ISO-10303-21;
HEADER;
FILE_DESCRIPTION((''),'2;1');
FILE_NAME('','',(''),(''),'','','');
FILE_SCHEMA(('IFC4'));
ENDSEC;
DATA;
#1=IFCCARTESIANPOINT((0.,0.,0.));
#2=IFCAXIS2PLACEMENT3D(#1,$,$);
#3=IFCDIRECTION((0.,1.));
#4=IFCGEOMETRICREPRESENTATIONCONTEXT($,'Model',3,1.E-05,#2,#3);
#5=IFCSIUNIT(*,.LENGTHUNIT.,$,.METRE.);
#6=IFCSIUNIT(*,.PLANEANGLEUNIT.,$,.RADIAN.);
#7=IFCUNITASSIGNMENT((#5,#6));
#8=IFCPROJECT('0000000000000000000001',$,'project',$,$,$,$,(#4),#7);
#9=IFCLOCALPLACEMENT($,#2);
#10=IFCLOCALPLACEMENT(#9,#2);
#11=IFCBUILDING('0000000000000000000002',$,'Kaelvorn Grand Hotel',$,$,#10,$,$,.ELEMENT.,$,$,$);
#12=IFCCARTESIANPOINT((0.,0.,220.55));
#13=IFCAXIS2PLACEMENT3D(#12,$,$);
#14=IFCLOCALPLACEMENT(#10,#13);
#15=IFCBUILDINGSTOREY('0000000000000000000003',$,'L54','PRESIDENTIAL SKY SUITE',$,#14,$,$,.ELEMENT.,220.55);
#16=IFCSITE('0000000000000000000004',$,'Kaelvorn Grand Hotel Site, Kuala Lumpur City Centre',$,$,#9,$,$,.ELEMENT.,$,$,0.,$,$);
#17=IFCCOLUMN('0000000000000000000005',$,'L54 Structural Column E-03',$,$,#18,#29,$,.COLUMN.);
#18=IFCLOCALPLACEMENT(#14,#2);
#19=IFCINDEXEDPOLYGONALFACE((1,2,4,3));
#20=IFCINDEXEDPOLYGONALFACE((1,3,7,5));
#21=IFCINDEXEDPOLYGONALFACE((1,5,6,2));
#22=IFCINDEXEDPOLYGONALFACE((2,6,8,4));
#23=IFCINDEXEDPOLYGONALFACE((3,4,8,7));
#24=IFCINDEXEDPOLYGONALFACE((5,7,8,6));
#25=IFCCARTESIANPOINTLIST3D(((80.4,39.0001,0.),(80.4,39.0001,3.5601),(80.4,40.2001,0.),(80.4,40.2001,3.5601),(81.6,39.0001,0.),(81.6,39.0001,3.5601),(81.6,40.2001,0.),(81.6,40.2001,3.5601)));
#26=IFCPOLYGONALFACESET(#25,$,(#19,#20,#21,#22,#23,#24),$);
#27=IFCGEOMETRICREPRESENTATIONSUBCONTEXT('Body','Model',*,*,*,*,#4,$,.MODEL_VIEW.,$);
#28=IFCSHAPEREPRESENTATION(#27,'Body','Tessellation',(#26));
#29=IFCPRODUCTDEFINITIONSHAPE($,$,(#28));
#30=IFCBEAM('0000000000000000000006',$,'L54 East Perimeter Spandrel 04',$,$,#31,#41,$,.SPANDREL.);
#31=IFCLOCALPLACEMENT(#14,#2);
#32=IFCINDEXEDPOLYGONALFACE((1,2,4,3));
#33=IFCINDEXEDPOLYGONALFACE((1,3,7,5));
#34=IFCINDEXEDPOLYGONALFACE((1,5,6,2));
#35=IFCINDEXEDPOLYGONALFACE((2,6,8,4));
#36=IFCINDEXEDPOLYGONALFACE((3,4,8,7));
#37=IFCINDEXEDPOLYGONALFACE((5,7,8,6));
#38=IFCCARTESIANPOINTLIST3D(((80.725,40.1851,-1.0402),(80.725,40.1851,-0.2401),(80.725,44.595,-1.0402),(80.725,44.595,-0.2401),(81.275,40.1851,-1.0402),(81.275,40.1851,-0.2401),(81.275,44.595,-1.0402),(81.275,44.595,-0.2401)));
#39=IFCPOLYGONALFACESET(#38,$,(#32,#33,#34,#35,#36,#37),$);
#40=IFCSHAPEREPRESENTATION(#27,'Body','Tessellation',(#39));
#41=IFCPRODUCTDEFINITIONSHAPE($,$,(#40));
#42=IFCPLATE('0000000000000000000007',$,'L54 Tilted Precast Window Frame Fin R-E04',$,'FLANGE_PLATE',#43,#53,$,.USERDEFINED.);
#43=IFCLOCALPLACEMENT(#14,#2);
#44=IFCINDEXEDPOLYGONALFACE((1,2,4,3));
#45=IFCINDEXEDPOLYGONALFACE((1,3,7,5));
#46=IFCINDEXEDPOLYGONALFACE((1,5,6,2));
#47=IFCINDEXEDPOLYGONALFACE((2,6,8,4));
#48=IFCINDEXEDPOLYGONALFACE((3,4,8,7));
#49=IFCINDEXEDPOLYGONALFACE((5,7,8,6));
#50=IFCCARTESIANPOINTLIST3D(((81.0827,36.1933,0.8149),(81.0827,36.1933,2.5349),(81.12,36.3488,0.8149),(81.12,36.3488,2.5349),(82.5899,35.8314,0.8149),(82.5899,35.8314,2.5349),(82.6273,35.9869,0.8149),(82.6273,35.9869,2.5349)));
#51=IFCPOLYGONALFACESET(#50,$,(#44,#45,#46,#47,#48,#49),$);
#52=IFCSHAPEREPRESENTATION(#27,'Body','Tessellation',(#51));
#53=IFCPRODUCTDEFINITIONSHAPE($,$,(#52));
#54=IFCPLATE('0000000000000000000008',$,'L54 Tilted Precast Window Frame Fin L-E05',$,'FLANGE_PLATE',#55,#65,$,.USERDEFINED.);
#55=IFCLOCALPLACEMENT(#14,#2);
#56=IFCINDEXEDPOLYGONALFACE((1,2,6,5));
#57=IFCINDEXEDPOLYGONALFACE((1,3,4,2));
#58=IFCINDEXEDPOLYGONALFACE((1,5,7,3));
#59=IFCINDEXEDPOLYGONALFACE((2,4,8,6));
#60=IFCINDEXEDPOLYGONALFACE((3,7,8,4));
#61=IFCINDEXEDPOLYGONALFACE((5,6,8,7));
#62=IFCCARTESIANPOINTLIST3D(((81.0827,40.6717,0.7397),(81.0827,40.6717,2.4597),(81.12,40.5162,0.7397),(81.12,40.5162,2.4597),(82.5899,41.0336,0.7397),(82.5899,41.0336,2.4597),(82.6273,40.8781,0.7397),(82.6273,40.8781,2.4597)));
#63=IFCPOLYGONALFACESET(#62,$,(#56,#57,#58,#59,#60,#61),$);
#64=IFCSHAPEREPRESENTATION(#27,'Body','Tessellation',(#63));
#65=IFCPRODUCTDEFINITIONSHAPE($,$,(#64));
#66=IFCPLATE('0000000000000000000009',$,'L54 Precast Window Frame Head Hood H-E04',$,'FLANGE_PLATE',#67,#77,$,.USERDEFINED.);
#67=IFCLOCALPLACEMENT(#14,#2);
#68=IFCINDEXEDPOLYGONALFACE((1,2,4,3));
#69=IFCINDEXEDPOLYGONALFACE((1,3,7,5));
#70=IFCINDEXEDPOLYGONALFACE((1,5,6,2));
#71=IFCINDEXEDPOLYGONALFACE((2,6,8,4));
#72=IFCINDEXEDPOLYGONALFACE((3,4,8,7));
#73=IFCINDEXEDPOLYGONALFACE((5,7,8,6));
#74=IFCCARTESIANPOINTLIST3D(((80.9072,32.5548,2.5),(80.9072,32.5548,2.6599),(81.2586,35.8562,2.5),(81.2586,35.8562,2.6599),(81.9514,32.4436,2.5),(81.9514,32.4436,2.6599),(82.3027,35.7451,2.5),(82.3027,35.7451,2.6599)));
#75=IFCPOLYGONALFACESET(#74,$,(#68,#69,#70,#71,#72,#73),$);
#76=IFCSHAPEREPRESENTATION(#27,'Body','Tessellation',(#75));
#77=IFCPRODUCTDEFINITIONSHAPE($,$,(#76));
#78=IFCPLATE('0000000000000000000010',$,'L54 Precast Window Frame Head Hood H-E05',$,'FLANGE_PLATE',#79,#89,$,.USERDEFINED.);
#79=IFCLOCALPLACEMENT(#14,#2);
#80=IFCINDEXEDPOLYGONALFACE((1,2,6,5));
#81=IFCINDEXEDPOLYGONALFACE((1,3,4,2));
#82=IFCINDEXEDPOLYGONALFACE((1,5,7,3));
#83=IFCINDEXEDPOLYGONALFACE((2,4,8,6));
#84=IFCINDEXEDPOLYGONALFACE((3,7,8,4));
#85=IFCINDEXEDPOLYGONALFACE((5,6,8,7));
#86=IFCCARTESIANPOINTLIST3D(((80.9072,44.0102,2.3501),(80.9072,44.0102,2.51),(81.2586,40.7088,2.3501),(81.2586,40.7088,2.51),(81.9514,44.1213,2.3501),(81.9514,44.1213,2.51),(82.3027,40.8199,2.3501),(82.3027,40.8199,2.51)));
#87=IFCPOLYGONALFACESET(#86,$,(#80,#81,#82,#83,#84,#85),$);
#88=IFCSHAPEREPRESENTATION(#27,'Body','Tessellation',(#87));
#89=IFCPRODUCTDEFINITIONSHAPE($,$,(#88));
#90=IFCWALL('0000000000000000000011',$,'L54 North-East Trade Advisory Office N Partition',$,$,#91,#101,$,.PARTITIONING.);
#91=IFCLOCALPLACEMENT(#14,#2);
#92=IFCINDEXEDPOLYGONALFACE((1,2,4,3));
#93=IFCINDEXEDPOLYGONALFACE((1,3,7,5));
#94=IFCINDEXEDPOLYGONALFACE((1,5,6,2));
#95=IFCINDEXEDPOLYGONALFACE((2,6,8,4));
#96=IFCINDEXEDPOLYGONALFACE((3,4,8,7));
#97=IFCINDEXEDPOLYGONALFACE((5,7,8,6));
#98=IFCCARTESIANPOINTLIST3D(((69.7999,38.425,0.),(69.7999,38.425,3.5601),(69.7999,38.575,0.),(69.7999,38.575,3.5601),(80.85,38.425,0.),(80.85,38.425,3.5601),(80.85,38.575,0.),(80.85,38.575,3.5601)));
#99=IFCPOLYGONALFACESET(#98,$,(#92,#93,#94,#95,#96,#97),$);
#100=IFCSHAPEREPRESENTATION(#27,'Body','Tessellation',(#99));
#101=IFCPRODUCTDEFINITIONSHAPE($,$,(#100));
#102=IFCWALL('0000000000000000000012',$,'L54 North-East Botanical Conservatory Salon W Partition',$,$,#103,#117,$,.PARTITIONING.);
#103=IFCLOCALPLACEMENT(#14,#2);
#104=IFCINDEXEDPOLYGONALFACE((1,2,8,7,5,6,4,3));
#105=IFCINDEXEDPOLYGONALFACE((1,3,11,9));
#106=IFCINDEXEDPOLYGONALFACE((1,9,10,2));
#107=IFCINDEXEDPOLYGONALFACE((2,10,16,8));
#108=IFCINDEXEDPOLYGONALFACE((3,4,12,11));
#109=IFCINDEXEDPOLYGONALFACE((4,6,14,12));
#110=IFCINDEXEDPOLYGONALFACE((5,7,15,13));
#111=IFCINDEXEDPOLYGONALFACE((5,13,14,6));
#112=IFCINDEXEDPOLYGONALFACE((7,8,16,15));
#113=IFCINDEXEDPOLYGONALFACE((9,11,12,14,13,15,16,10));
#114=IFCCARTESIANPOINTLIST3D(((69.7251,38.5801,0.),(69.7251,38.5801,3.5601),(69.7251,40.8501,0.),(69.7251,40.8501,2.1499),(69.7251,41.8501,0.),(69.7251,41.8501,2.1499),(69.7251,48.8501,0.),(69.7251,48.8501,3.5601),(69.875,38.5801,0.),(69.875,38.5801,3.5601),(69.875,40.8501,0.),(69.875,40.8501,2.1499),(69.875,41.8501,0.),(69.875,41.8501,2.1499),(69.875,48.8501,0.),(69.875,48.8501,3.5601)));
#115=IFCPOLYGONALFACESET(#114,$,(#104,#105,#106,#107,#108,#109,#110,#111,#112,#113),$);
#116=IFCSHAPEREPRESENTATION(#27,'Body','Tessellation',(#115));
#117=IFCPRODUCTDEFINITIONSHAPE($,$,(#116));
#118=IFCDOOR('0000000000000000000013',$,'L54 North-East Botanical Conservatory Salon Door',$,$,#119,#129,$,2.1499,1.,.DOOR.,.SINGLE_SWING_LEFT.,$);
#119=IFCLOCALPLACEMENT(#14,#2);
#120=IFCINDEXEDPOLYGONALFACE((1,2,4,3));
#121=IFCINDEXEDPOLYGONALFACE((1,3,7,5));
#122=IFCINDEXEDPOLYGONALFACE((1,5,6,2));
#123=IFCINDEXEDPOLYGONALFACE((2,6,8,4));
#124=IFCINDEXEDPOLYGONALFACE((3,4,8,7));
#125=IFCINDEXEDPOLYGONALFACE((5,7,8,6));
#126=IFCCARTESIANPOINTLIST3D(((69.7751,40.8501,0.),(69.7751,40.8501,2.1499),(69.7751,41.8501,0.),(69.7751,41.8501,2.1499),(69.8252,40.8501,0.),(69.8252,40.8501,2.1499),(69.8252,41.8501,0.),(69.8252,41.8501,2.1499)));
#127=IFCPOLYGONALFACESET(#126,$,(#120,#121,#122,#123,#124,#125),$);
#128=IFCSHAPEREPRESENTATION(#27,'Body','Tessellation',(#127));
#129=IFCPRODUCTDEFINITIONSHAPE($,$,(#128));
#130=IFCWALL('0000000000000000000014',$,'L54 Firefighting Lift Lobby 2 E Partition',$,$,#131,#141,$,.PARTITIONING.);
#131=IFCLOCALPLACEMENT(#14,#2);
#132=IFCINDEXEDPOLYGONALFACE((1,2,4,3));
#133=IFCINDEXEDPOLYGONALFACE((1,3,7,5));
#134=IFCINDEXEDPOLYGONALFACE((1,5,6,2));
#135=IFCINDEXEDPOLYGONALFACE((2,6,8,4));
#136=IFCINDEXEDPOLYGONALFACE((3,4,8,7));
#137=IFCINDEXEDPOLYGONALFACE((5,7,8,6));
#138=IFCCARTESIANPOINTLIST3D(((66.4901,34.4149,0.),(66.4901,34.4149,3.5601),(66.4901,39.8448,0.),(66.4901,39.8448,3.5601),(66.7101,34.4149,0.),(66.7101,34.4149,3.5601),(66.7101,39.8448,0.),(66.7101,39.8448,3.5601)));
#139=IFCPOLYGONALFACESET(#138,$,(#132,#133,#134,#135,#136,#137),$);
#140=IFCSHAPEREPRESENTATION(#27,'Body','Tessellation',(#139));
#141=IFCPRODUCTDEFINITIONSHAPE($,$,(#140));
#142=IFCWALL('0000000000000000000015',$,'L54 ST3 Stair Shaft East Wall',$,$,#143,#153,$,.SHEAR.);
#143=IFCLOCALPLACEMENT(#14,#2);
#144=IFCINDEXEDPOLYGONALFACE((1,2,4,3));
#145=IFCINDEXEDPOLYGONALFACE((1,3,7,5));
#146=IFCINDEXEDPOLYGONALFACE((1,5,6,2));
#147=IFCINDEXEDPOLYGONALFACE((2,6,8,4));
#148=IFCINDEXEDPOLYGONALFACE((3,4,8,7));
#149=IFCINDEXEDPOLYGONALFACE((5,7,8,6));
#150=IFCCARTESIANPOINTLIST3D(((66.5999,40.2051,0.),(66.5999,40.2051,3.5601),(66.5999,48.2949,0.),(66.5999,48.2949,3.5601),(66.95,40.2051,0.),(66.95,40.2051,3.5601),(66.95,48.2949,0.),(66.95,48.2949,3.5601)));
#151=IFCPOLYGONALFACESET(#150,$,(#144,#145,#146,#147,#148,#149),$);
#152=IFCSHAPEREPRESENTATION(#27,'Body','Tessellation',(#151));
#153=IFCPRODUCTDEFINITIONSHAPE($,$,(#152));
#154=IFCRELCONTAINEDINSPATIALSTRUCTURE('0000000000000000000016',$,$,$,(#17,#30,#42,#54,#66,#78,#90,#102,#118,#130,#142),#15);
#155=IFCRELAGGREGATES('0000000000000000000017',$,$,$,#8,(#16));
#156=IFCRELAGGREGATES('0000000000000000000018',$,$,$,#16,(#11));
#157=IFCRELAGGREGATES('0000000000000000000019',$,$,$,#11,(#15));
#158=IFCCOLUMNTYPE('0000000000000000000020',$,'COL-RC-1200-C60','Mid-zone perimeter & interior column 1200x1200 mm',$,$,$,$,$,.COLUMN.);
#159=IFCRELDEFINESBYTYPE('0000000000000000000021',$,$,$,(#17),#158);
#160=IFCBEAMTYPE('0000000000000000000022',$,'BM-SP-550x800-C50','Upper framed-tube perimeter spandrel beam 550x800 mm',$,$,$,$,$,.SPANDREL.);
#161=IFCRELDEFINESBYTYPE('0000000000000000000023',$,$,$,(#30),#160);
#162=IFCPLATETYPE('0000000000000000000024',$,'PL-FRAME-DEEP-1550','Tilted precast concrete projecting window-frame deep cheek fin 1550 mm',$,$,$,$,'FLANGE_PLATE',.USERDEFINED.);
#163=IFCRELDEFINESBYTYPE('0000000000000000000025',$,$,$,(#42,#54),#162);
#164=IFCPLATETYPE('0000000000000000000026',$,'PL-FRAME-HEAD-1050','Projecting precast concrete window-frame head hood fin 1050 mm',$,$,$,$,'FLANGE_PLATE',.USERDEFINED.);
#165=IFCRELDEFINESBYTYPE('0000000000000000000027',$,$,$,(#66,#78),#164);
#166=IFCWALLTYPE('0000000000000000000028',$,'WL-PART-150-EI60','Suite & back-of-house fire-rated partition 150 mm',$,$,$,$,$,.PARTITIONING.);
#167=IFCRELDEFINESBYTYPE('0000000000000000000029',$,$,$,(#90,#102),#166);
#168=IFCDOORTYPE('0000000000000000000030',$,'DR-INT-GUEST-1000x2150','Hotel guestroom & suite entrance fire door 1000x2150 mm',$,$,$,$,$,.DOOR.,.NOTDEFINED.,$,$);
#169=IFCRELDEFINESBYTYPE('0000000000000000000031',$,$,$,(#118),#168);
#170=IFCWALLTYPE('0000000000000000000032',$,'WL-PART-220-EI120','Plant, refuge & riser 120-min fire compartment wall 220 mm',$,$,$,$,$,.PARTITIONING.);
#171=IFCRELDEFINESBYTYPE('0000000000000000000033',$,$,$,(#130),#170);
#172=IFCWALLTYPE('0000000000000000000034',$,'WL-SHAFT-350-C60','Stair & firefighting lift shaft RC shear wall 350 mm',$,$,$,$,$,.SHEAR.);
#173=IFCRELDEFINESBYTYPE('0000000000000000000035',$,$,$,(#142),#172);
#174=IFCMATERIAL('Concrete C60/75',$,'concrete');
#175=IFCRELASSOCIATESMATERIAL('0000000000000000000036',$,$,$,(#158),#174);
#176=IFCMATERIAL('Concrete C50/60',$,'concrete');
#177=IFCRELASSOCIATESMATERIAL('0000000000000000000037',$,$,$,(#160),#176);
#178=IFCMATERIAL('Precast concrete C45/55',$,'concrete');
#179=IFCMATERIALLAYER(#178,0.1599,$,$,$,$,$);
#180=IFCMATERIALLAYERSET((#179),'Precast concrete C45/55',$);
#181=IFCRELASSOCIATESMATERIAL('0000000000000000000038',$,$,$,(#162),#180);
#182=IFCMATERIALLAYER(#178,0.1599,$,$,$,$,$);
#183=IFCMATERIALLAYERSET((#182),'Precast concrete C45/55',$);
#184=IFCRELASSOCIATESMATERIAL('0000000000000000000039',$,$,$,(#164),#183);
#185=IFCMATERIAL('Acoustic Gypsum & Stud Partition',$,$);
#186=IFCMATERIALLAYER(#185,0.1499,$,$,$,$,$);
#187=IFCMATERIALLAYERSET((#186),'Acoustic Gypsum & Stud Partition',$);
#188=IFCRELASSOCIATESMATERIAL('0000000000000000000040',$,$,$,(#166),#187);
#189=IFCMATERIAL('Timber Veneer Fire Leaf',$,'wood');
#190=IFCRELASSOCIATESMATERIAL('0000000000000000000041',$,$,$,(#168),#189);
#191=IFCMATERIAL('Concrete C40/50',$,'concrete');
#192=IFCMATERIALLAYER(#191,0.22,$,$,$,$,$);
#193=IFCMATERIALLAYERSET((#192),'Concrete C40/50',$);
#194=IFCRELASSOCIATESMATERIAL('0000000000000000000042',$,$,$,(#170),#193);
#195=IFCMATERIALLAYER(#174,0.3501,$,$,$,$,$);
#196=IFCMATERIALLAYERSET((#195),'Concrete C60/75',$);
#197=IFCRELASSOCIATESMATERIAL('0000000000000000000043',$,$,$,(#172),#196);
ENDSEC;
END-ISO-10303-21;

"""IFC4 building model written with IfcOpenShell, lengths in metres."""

from ifc_helpers import new_model, si_unit, direction, frame, frame_2d, origin, origin_2d, place, context, subcontext, project, spatial, rectangle, extrude, material, layer, layer_set, material_profile, profile_set, type_object, element, fill, save


model = new_model("IFC4")

# Units and contexts
model_context = context("Model", 3, precision=1e-05, world=origin(), true_north=direction((0.0, 1.0)))
body_context = subcontext(model_context, "Body", "Model", "MODEL_VIEW")
ifc_project = project(units=[si_unit("LENGTHUNIT", "METRE"), si_unit("PLANEANGLEUNIT", "RADIAN")], contexts=[model_context])

# Site, building, storey
site_placement = place(None, origin())
site = spatial("IfcSite", under=ifc_project, at=site_placement, Name="Kaelvorn Grand Hotel Site, Kuala Lumpur City Centre", CompositionType="ELEMENT", RefElevation=0.0)
building_placement = place(site_placement, origin())
building = spatial("IfcBuilding", under=site, at=building_placement, Name="Kaelvorn Grand Hotel", CompositionType="ELEMENT")
storey_placement = place(building_placement, frame((0.0, 0.0, 220.55)))
storey = spatial("IfcBuildingStorey", under=building, at=storey_placement, Name="L54", Description="PRESIDENTIAL SKY SUITE", CompositionType="ELEMENT", Elevation=220.55)

# Column
ifc_material_1 = material(Name="Concrete C60/75", Category="concrete")
ifc_material_profile_1 = material_profile(ifc_material_1, rectangle(XDim=1.2, YDim=1.2, at=origin_2d()), Name="RC COL 1200x1200")
ifc_profile_set_1 = profile_set([ifc_material_profile_1], Name="Concrete C60/75")
column_type = type_object("IfcColumnType", Name="COL-RC-1200-C60", Description="Mid-zone perimeter & interior column 1200x1200 mm", PredefinedType="COLUMN", material=ifc_profile_set_1)
column_placement = place(storey_placement, frame((81.0, 39.6001, 0.0), z_axis=(0.0, 0.0, 1.0), x_axis=(1.0, 0.0, 0.0)))
element("IfcColumn", 1, at=column_placement, inside=storey, type_object=column_type, Name="L54 Structural Column E-03", PredefinedType="COLUMN", context=body_context, shape_type="SweptSolid", body=[
    extrude(rectangle(XDim=1.2, YDim=1.2, at=origin_2d()), origin(), (0.0, 0.0, 1.0), 3.5601),
])

# Beam
ifc_material_2 = material(Name="Concrete C50/60", Category="concrete")
ifc_material_profile_2 = material_profile(ifc_material_2, rectangle(XDim=0.55, YDim=0.8, at=origin_2d()), Name="RC SPANDREL 550x800")
ifc_profile_set_2 = profile_set([ifc_material_profile_2], Name="Concrete C50/60")
beam_type = type_object("IfcBeamType", Name="BM-SP-550x800-C50", Description="Upper framed-tube perimeter spandrel beam 550x800 mm", PredefinedType="SPANDREL", material=ifc_profile_set_2)
beam_placement = place(storey_placement, frame((81.0, 40.1851, -0.6401), z_axis=(0.0, 1.0, 0.0), x_axis=(-1.0, 0.0, 0.0)))
element("IfcBeam", 2, at=beam_placement, inside=storey, type_object=beam_type, Name="L54 East Perimeter Spandrel 04", PredefinedType="SPANDREL", context=body_context, shape_type="SweptSolid", body=[
    extrude(rectangle(XDim=0.55, YDim=0.8, at=origin_2d()), origin(), (0.0, 0.0, 1.0), 4.4099),
])

# Plates
ifc_material_3 = material(Name="Precast concrete C45/55", Category="concrete")
ifc_layer_1 = layer(ifc_material_3, 0.1599)
ifc_layer_set_1 = layer_set([ifc_layer_1], Name="Precast concrete C45/55")
plate_type_1 = type_object("IfcPlateType", Name="PL-FRAME-DEEP-1550", Description="Tilted precast concrete projecting window-frame deep cheek fin 1550 mm", ElementType="FLANGE_PLATE", PredefinedType="USERDEFINED", material=ifc_layer_set_1)
for number, where, z_axis, x_axis, name in (
    (3, (81.855, 36.0901, 0.8149), (0.0, 0.0, 1.0), (0.233445, 0.97237, 0.0), "L54 Tilted Precast Window Frame Fin R-E04"),
    (4, (81.855, 40.7749, 0.7397), (0.0, 0.0, 1.0), (-0.233445, 0.97237, 0.0), "L54 Tilted Precast Window Frame Fin L-E05"),
):
    element("IfcPlate", number, at=place(storey_placement, frame(where, z_axis=z_axis, x_axis=x_axis)), inside=storey, type_object=plate_type_1, Name=name, ObjectType="FLANGE_PLATE", PredefinedType="USERDEFINED", context=body_context, shape_type="SweptSolid", body=[
        extrude(rectangle(XDim=0.1599, YDim=1.55, at=origin_2d()), origin(), (0.0, 0.0, 1.0), 1.72),
    ])
ifc_layer_2 = layer(ifc_material_3, 0.1599)
ifc_layer_set_2 = layer_set([ifc_layer_2], Name="Precast concrete C45/55")
plate_type_2 = type_object("IfcPlateType", Name="PL-FRAME-HEAD-1050", Description="Projecting precast concrete window-frame head hood fin 1050 mm", ElementType="FLANGE_PLATE", PredefinedType="USERDEFINED", material=ifc_layer_set_2)
for number, where, z_axis, x_axis, name in (
    (5, (81.605, 34.1499, 2.5), (0.0, 0.0, 1.0), (0.10583, 0.994384, 0.0), "L54 Precast Window Frame Head Hood H-E04"),
    (6, (81.605, 42.415, 2.3501), (0.0, 0.0, 1.0), (-0.10583, 0.994384, 0.0), "L54 Precast Window Frame Head Hood H-E05"),
):
    element("IfcPlate", number, at=place(storey_placement, frame(where, z_axis=z_axis, x_axis=x_axis)), inside=storey, type_object=plate_type_2, Name=name, ObjectType="FLANGE_PLATE", PredefinedType="USERDEFINED", context=body_context, shape_type="SweptSolid", body=[
        extrude(rectangle(XDim=3.3201, YDim=1.05, at=origin_2d()), origin(), (0.0, 0.0, 1.0), 0.1599),
    ])

# Wall
ifc_material_4 = material(Name="Acoustic Gypsum & Stud Partition")
ifc_layer_3 = layer(ifc_material_4, 0.1499)
ifc_layer_set_3 = layer_set([ifc_layer_3], Name="Acoustic Gypsum & Stud Partition")
wall_type_1 = type_object("IfcWallType", Name="WL-PART-150-EI60", Description="Suite & back-of-house fire-rated partition 150 mm", PredefinedType="PARTITIONING", material=ifc_layer_set_3)
wall_1_placement = place(storey_placement, frame((69.8, 38.5, 0.0), z_axis=(0.0, 0.0, 1.0), x_axis=(1.0, 0.0, 0.0)))
element("IfcWall", 7, at=wall_1_placement, inside=storey, type_object=wall_type_1, Name="L54 North-East Trade Advisory Office N Partition", PredefinedType="PARTITIONING", context=body_context, shape_type="SweptSolid", body=[
    extrude(rectangle(XDim=11.05, YDim=0.1499, at=frame_2d((5.5249, 0.0))), origin(), (0.0, 0.0, 1.0), 3.5601),
])

# Wall, opening, door
wall_2_placement = place(storey_placement, frame((69.8, 38.5801, 0.0), z_axis=(0.0, 0.0, 1.0), x_axis=(0.0, 1.0, 0.0)))
wall_2 = element("IfcWall", 8, at=wall_2_placement, inside=storey, type_object=wall_type_1, Name="L54 North-East Botanical Conservatory Salon W Partition", PredefinedType="PARTITIONING", context=body_context, shape_type="SweptSolid", body=[
    extrude(rectangle(XDim=10.27, YDim=0.1499, at=frame_2d((5.135, 0.0))), origin(), (0.0, 0.0, 1.0), 3.5601),
])
opening_placement = place(wall_2_placement, frame((2.27, 0.0, 0.0)))
opening = element("IfcOpeningElement", 9, at=opening_placement, cuts=wall_2, PredefinedType="OPENING", context=body_context, shape_type="SweptSolid", body=[
    extrude(rectangle(XDim=1.0, YDim=2.1499, at=frame_2d((0.5, 1.075))), frame((0.0, 0.085, 0.0), z_axis=(0.0, -1.0, 0.0), x_axis=(1.0, 0.0, 0.0)), (0.0, 0.0, 1.0), 0.1699),
])
ifc_material_5 = material(Name="Timber Veneer Fire Leaf", Category="wood")
door_type = type_object("IfcDoorType", Name="DR-INT-GUEST-1000x2150", Description="Hotel guestroom & suite entrance fire door 1000x2150 mm", OperationType="NOTDEFINED", PredefinedType="DOOR", material=ifc_material_5)
door_placement = place(opening_placement, origin())
door = element("IfcDoor", 10, at=door_placement, inside=storey, type_object=door_type, Name="L54 North-East Botanical Conservatory Salon Door", OperationType="SINGLE_SWING_LEFT", OverallHeight=2.1499, OverallWidth=1.0, PredefinedType="DOOR", context=body_context, shape_type="SweptSolid", body=[
    extrude(rectangle(XDim=1.0, YDim=2.1499, at=frame_2d((0.5, 1.075))), frame((0.0, 0.0249, 0.0), z_axis=(0.0, -1.0, 0.0), x_axis=(1.0, 0.0, 0.0)), (0.0, 0.0, 1.0), 0.05),
])
fill(opening, door)

# Walls
ifc_material_6 = material(Name="Concrete C40/50", Category="concrete")
ifc_layer_4 = layer(ifc_material_6, 0.22)
ifc_layer_set_4 = layer_set([ifc_layer_4], Name="Concrete C40/50")
wall_type_2 = type_object("IfcWallType", Name="WL-PART-220-EI120", Description="Plant, refuge & riser 120-min fire compartment wall 220 mm", PredefinedType="PARTITIONING", material=ifc_layer_set_4)
wall_3_placement = place(storey_placement, frame((66.6001, 34.415, 0.0), z_axis=(0.0, 0.0, 1.0), x_axis=(0.0, 1.0, 0.0)))
element("IfcWall", 11, at=wall_3_placement, inside=storey, type_object=wall_type_2, Name="L54 Firefighting Lift Lobby 2 E Partition", PredefinedType="PARTITIONING", context=body_context, shape_type="SweptSolid", body=[
    extrude(rectangle(XDim=5.4299, YDim=0.22, at=frame_2d((2.7148, 0.0))), origin(), (0.0, 0.0, 1.0), 3.5601),
])
ifc_layer_5 = layer(ifc_material_1, 0.3501)
ifc_layer_set_5 = layer_set([ifc_layer_5], Name="Concrete C60/75")
wall_type_3 = type_object("IfcWallType", Name="WL-SHAFT-350-C60", Description="Stair & firefighting lift shaft RC shear wall 350 mm", PredefinedType="SHEAR", material=ifc_layer_set_5)
wall_4_placement = place(storey_placement, frame((66.7749, 40.2051, 0.0), z_axis=(0.0, 0.0, 1.0), x_axis=(0.0, 1.0, 0.0)))
element("IfcWall", 12, at=wall_4_placement, inside=storey, type_object=wall_type_3, Name="L54 ST3 Stair Shaft East Wall", PredefinedType="SHEAR", context=body_context, shape_type="SweptSolid", body=[
    extrude(rectangle(XDim=8.0898, YDim=0.3501, at=frame_2d((4.0449, 0.0))), origin(), (0.0, 0.0, 1.0), 3.5601),
])

save(model, "model.ifc")
